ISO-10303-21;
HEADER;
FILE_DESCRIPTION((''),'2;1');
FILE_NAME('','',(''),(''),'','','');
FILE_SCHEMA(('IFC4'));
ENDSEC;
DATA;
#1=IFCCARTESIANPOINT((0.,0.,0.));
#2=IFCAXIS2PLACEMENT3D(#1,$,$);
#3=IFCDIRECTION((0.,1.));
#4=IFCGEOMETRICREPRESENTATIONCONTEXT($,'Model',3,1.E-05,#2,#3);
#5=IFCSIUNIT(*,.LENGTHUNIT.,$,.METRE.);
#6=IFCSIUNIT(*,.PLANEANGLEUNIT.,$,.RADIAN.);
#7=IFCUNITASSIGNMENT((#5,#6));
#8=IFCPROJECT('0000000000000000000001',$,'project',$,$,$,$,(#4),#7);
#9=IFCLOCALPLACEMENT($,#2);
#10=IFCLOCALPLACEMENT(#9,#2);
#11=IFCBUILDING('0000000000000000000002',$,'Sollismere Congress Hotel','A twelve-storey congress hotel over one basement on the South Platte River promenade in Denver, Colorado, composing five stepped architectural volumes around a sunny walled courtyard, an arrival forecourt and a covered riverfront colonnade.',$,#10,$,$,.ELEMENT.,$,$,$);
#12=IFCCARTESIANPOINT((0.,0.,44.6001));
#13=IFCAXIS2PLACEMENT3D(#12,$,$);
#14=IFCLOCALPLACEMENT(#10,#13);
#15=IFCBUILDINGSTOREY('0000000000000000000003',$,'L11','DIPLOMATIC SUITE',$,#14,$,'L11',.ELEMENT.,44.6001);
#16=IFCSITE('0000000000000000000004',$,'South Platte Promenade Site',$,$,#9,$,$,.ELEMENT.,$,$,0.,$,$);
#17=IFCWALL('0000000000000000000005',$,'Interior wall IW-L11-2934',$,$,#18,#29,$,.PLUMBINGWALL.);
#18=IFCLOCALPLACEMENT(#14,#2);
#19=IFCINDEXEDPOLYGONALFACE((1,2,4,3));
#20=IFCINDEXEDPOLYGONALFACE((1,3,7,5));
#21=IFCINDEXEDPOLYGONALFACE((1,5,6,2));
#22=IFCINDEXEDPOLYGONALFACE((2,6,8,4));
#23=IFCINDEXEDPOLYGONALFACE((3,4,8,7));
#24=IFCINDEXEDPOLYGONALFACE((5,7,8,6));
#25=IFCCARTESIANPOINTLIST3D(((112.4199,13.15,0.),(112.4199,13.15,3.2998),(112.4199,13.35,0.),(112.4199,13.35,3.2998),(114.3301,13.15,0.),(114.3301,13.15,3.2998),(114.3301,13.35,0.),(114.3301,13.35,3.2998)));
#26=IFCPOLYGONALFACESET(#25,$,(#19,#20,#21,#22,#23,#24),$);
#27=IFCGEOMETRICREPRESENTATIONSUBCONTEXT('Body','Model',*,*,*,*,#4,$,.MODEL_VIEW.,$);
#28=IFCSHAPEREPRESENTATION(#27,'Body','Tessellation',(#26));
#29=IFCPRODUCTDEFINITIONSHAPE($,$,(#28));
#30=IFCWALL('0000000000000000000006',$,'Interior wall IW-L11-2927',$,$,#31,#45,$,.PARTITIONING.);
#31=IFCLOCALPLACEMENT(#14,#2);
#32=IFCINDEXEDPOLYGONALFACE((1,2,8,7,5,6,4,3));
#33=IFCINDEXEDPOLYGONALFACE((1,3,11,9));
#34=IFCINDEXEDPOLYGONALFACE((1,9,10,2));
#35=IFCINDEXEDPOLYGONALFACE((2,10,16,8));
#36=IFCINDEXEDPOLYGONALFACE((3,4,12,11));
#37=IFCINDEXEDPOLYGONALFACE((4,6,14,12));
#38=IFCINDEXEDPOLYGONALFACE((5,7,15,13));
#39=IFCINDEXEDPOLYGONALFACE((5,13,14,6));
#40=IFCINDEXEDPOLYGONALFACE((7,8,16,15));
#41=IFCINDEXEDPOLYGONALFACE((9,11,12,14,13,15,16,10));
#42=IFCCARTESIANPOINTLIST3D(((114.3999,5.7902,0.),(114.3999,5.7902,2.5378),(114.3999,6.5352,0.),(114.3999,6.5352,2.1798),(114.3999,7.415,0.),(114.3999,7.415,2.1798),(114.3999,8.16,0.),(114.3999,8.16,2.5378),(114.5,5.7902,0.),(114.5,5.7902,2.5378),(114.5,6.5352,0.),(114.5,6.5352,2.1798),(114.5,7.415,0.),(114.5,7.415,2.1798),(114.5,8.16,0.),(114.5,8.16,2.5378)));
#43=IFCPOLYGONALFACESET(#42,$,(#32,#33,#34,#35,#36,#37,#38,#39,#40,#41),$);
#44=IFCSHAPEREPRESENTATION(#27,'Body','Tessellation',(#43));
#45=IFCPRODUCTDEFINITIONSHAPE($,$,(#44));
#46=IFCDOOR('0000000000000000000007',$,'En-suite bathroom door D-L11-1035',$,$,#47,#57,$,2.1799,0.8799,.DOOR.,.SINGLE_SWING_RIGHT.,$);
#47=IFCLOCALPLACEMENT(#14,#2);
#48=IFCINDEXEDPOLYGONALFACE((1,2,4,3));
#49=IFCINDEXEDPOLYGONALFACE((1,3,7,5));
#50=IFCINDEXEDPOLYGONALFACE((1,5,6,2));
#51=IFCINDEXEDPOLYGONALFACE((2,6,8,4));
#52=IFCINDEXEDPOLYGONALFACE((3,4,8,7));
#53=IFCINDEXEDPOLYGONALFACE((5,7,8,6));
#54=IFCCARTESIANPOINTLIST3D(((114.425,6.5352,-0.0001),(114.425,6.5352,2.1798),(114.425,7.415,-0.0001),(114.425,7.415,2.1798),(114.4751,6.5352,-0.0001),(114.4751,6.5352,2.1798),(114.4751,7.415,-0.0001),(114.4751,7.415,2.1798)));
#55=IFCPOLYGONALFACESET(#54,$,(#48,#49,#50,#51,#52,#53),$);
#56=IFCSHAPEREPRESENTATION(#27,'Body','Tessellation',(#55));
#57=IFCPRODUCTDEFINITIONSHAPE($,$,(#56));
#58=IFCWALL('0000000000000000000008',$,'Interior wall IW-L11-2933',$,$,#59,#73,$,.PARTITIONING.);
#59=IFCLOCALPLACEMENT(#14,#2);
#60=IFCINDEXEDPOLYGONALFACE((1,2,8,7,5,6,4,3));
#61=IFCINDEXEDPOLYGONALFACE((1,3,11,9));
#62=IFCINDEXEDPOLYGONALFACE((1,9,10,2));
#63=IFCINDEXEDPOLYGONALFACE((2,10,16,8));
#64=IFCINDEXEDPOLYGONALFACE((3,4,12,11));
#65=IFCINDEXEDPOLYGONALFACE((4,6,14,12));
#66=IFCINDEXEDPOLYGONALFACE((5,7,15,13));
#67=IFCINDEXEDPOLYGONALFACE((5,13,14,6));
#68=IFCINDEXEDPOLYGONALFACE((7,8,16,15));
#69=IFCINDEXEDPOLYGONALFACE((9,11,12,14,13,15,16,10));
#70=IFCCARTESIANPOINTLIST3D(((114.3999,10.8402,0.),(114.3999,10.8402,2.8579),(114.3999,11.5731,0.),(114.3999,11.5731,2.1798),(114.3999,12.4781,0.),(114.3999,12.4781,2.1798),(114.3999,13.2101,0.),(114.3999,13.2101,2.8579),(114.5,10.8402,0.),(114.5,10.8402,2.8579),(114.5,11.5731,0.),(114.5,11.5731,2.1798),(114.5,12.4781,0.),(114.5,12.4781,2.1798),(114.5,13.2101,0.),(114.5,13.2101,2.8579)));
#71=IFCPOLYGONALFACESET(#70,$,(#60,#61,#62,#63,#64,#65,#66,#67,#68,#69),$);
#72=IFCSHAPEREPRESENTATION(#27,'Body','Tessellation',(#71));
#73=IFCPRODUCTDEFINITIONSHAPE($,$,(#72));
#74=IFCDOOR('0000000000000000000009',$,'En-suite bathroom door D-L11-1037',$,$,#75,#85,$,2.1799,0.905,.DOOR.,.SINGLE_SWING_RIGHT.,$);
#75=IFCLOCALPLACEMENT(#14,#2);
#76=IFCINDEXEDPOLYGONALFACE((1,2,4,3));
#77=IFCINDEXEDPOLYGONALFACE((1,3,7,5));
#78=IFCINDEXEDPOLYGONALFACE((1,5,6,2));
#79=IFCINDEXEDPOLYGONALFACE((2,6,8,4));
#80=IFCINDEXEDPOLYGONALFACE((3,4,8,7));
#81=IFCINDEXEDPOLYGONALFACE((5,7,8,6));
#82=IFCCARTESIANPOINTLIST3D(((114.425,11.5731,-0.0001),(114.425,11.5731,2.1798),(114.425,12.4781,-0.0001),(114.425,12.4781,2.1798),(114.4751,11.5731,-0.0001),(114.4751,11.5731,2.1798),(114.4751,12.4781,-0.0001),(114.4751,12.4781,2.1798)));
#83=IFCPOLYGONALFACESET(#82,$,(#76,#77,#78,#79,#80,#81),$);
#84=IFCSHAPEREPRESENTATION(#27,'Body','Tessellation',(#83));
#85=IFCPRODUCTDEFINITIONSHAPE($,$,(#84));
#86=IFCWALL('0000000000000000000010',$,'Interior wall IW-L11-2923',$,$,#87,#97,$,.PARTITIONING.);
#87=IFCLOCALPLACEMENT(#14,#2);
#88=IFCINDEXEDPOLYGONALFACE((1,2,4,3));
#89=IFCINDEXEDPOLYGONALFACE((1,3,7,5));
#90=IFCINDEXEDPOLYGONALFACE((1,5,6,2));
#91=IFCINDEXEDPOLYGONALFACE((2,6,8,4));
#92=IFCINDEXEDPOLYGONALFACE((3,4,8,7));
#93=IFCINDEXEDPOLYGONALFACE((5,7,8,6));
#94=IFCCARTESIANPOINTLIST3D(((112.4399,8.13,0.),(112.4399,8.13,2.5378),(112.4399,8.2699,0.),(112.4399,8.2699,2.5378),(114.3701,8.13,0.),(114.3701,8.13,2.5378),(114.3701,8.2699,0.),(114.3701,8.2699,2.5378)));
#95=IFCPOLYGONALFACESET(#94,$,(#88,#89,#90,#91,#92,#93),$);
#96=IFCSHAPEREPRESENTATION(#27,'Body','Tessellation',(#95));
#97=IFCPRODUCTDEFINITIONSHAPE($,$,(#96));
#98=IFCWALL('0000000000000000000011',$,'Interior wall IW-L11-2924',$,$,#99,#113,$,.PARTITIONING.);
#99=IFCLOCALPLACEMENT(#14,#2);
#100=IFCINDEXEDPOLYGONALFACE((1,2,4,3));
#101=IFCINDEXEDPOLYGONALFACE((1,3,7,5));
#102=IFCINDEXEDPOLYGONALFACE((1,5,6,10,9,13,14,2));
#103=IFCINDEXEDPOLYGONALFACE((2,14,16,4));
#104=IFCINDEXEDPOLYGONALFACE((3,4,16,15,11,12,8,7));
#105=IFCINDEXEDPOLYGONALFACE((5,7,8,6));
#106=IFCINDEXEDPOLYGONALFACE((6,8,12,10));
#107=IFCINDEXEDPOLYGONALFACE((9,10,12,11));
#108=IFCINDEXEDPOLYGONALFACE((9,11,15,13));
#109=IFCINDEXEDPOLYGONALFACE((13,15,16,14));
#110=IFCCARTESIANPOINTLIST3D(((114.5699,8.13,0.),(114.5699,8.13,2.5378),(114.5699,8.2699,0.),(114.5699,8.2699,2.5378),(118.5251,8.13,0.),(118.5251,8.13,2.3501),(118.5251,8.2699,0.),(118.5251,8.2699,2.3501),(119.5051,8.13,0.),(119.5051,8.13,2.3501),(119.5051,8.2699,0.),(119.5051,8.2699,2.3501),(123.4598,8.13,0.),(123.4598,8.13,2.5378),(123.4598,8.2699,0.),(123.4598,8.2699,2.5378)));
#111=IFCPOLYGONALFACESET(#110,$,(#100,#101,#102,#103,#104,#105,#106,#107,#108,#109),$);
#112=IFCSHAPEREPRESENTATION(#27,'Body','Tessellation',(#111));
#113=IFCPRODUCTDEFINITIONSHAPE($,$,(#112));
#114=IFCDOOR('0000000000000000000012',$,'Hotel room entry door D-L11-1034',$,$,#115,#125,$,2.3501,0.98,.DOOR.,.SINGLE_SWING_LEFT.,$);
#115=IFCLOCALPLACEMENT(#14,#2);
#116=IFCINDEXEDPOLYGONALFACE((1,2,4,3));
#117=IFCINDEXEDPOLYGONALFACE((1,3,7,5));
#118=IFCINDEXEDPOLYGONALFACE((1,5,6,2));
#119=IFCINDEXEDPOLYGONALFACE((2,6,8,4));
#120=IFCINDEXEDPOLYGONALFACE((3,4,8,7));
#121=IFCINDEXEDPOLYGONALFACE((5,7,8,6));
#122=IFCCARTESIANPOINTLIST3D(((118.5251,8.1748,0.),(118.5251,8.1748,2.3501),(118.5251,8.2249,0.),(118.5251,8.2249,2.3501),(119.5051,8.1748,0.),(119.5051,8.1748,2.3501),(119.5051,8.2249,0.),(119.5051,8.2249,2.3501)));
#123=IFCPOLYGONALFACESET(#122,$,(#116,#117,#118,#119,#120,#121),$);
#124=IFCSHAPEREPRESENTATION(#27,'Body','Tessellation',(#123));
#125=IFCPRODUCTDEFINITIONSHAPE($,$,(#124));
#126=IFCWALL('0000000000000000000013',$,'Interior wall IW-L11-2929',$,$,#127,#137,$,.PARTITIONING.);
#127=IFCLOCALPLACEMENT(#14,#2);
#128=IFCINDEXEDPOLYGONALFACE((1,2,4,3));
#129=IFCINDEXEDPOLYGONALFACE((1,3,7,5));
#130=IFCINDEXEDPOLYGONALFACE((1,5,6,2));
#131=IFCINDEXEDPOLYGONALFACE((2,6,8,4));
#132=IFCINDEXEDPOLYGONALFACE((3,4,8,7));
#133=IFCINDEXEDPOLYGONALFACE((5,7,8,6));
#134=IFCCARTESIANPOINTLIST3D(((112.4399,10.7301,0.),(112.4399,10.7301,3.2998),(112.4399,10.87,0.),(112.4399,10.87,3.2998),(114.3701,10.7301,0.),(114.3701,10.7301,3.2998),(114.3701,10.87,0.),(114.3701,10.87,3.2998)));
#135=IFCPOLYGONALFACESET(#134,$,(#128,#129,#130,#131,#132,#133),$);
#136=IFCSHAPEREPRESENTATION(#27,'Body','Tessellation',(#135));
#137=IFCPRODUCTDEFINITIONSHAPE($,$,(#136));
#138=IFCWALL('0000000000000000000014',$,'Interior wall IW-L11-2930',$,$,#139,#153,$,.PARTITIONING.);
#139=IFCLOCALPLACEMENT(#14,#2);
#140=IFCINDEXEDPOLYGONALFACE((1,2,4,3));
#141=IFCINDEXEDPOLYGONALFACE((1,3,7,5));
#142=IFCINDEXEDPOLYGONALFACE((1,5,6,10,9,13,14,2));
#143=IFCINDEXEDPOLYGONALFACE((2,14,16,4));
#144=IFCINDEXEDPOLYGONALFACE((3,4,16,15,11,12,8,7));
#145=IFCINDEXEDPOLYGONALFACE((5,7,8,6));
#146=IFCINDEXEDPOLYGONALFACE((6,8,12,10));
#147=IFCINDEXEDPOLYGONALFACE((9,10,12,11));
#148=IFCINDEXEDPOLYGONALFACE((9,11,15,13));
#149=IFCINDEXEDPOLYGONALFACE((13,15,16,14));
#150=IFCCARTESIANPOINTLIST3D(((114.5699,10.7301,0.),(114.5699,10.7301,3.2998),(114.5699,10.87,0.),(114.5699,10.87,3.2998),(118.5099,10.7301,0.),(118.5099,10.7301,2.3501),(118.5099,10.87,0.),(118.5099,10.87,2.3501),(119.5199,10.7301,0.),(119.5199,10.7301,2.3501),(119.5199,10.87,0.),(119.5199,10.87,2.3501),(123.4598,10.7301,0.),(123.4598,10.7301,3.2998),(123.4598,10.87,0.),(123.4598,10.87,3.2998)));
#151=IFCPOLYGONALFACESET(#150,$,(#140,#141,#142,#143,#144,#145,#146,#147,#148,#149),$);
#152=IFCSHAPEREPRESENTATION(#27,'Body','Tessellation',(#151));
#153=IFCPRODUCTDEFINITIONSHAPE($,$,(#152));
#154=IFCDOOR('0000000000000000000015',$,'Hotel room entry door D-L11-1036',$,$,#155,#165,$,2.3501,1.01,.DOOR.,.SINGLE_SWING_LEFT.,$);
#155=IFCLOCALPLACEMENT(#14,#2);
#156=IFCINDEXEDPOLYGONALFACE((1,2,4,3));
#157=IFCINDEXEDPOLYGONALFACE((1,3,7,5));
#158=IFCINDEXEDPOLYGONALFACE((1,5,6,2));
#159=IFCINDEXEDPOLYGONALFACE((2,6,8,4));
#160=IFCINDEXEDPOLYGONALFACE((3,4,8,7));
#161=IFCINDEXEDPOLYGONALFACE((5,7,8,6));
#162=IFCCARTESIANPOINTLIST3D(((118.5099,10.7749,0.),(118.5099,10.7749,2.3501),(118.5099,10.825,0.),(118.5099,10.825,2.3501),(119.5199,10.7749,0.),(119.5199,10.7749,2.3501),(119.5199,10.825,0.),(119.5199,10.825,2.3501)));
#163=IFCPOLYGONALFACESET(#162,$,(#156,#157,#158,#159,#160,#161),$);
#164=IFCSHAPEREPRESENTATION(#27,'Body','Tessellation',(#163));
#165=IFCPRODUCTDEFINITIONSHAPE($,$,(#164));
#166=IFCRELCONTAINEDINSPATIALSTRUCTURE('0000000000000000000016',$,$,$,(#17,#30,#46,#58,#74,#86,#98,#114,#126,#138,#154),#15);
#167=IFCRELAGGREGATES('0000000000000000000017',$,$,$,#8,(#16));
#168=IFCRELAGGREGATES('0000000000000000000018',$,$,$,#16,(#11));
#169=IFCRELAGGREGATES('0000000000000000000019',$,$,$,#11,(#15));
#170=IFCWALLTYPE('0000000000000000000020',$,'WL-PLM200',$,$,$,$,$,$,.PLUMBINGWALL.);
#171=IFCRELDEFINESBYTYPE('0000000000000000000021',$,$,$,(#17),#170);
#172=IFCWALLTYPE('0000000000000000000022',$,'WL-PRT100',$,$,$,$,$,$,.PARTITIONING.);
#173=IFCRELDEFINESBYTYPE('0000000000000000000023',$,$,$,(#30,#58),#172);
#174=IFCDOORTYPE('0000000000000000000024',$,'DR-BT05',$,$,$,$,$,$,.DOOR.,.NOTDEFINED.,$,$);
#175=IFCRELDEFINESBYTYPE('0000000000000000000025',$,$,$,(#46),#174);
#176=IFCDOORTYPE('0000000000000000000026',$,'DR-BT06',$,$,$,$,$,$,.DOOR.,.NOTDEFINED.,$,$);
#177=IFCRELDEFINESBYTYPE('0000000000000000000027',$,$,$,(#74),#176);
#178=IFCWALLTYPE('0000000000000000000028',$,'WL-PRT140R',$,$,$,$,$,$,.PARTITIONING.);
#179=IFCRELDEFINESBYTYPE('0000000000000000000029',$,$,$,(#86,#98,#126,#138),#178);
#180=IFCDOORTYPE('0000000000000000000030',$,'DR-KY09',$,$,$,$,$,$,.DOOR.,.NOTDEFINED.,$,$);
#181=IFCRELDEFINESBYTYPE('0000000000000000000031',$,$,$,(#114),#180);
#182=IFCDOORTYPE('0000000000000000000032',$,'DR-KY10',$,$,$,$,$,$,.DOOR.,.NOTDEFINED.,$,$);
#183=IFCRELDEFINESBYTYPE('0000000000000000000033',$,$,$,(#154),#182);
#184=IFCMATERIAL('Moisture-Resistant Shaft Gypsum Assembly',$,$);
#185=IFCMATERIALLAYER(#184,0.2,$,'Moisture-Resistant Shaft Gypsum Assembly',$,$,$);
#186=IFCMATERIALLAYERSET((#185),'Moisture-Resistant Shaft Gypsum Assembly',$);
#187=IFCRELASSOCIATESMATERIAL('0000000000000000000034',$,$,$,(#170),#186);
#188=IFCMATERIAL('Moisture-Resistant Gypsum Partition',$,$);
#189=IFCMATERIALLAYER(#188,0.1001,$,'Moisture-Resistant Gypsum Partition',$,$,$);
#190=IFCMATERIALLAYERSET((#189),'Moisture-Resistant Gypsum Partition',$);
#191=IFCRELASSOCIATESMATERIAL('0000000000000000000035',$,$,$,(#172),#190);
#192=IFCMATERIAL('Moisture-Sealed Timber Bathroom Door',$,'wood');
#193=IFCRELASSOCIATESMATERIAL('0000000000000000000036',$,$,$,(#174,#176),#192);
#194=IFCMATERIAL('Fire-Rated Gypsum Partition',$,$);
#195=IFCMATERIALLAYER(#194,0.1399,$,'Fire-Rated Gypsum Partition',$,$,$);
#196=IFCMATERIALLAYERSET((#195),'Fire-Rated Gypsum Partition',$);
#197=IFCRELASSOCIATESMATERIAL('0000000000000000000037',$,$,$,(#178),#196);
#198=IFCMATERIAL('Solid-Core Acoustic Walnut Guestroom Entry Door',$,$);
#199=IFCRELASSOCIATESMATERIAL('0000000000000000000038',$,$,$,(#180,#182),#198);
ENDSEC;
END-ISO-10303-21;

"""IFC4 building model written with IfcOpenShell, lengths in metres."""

from ifc_helpers import new_model, si_unit, direction, frame, frame_2d, origin, place, context, subcontext, project, spatial, rectangle, extrude, material, layer, layer_set, type_object, element, fill, save


model = new_model("IFC4")

# Units and contexts
model_context = context("Model", 3, precision=1e-05, world=origin(), true_north=direction((0.0, 1.0)))
body_context = subcontext(model_context, "Body", "Model", "MODEL_VIEW")
ifc_project = project(units=[si_unit("LENGTHUNIT", "METRE"), si_unit("PLANEANGLEUNIT", "RADIAN")], contexts=[model_context])

# Site, building, storey
site_placement = place(None, origin())
site = spatial("IfcSite", under=ifc_project, at=site_placement, Name="South Platte Promenade Site", CompositionType="ELEMENT", RefElevation=0.0)
building_placement = place(site_placement, origin())
building = spatial("IfcBuilding", under=site, at=building_placement, Name="Sollismere Congress Hotel", Description="A twelve-storey congress hotel over one basement on the South Platte River promenade in Denver, Colorado, composing five stepped architectural volumes around a sunny walled courtyard, an arrival forecourt and a covered riverfront colonnade.", CompositionType="ELEMENT")
storey_placement = place(building_placement, frame((0.0, 0.0, 44.6001)))
storey = spatial("IfcBuildingStorey", under=building, at=storey_placement, Name="L11", Description="DIPLOMATIC SUITE", LongName="L11", CompositionType="ELEMENT", Elevation=44.6001)

# Wall
ifc_material_1 = material(Name="Moisture-Resistant Shaft Gypsum Assembly")
ifc_layer_1 = layer(ifc_material_1, 0.2, Name="Moisture-Resistant Shaft Gypsum Assembly")
ifc_layer_set_1 = layer_set([ifc_layer_1], Name="Moisture-Resistant Shaft Gypsum Assembly")
wall_type_1 = type_object("IfcWallType", Name="WL-PLM200", PredefinedType="PLUMBINGWALL", material=ifc_layer_set_1)
for number, where, z_axis, x_axis, name in (
    (1, (112.4199, 13.25, 0.0), (0.0, 0.0, 1.0), (1.0, 0.0, 0.0), "Interior wall IW-L11-2934"),
):
    element("IfcWall", number, at=place(storey_placement, frame(where, z_axis=z_axis, x_axis=x_axis)), inside=storey, type_object=wall_type_1, Name=name, PredefinedType="PLUMBINGWALL", context=body_context, shape_type="SweptSolid", body=[
        extrude(rectangle(XDim=1.9102, YDim=0.2, at=frame_2d((0.9551, 0.0))), origin(), (0.0, 0.0, 1.0), 3.2998),
    ])

# Walls, openings, doors
ifc_material_2 = material(Name="Moisture-Resistant Gypsum Partition")
ifc_layer_2 = layer(ifc_material_2, 0.1001, Name="Moisture-Resistant Gypsum Partition")
ifc_layer_set_2 = layer_set([ifc_layer_2], Name="Moisture-Resistant Gypsum Partition")
wall_type_2 = type_object("IfcWallType", Name="WL-PRT100", PredefinedType="PARTITIONING", material=ifc_layer_set_2)
wall_1_placement = place(storey_placement, frame((114.45, 5.79, 0.0), z_axis=(0.0, 0.0, 1.0), x_axis=(0.0, 1.0, 0.0)))
wall_1 = element("IfcWall", 2, at=wall_1_placement, inside=storey, type_object=wall_type_2, Name="Interior wall IW-L11-2927", PredefinedType="PARTITIONING", context=body_context, shape_type="SweptSolid", body=[
    extrude(rectangle(XDim=2.3699, YDim=0.1001, at=frame_2d((1.1851, 0.0))), origin(), (0.0, 0.0, 1.0), 2.5378),
])
opening_1_placement = place(wall_1_placement, frame((0.7451, 0.0, 0.0)))
opening_1 = element("IfcOpeningElement", 3, at=opening_1_placement, cuts=wall_1, PredefinedType="OPENING", context=body_context, shape_type="SweptSolid", body=[
    extrude(rectangle(XDim=0.8799, YDim=2.1799, at=frame_2d((0.4399, 1.0898))), frame((0.0, 0.0601, 0.0), z_axis=(0.0, -1.0, 0.0), x_axis=(1.0, 0.0, 0.0)), (0.0, 0.0, 1.0), 0.1201),
])
ifc_material_3 = material(Name="Moisture-Sealed Timber Bathroom Door", Category="wood")
door_type_1 = type_object("IfcDoorType", Name="DR-BT05", OperationType="NOTDEFINED", PredefinedType="DOOR", material=ifc_material_3)
door_1_placement = place(opening_1_placement, origin())
door_1 = element("IfcDoor", 4, at=door_1_placement, inside=storey, type_object=door_type_1, Name="En-suite bathroom door D-L11-1035", OperationType="SINGLE_SWING_RIGHT", OverallHeight=2.1799, OverallWidth=0.8799, PredefinedType="DOOR", context=body_context, shape_type="SweptSolid", body=[
    extrude(rectangle(XDim=0.8799, YDim=2.1799, at=frame_2d((0.4399, 1.0898))), frame((0.0, 0.0249, 0.0), z_axis=(0.0, -1.0, 0.0), x_axis=(1.0, 0.0, 0.0)), (0.0, 0.0, 1.0), 0.05),
])
fill(opening_1, door_1)
wall_2_placement = place(storey_placement, frame((114.45, 10.8401, 0.0), z_axis=(0.0, 0.0, 1.0), x_axis=(0.0, 1.0, 0.0)))
wall_2 = element("IfcWall", 5, at=wall_2_placement, inside=storey, type_object=wall_type_2, Name="Interior wall IW-L11-2933", PredefinedType="PARTITIONING", context=body_context, shape_type="SweptSolid", body=[
    extrude(rectangle(XDim=2.3699, YDim=0.1001, at=frame_2d((1.1851, 0.0))), origin(), (0.0, 0.0, 1.0), 2.8579),
])
opening_2_placement = place(wall_2_placement, frame((0.7329, 0.0, 0.0)))
opening_2 = element("IfcOpeningElement", 6, at=opening_2_placement, cuts=wall_2, PredefinedType="OPENING", context=body_context, shape_type="SweptSolid", body=[
    extrude(rectangle(XDim=0.905, YDim=2.1799, at=frame_2d((0.4526, 1.0898))), frame((0.0, 0.0601, 0.0), z_axis=(0.0, -1.0, 0.0), x_axis=(1.0, 0.0, 0.0)), (0.0, 0.0, 1.0), 0.1201),
])
door_type_2 = type_object("IfcDoorType", Name="DR-BT06", OperationType="NOTDEFINED", PredefinedType="DOOR", material=ifc_material_3)
door_2_placement = place(opening_2_placement, origin())
door_2 = element("IfcDoor", 7, at=door_2_placement, inside=storey, type_object=door_type_2, Name="En-suite bathroom door D-L11-1037", OperationType="SINGLE_SWING_RIGHT", OverallHeight=2.1799, OverallWidth=0.905, PredefinedType="DOOR", context=body_context, shape_type="SweptSolid", body=[
    extrude(rectangle(XDim=0.905, YDim=2.1799, at=frame_2d((0.4526, 1.0898))), frame((0.0, 0.0249, 0.0), z_axis=(0.0, -1.0, 0.0), x_axis=(1.0, 0.0, 0.0)), (0.0, 0.0, 1.0), 0.05),
])
fill(opening_2, door_2)

# Wall
ifc_material_4 = material(Name="Fire-Rated Gypsum Partition")
ifc_layer_3 = layer(ifc_material_4, 0.1399, Name="Fire-Rated Gypsum Partition")
ifc_layer_set_3 = layer_set([ifc_layer_3], Name="Fire-Rated Gypsum Partition")
wall_type_3 = type_object("IfcWallType", Name="WL-PRT140R", PredefinedType="PARTITIONING", material=ifc_layer_set_3)
wall_3_placement = place(storey_placement, frame((112.4399, 8.2, 0.0), z_axis=(0.0, 0.0, 1.0), x_axis=(1.0, 0.0, 0.0)))
element("IfcWall", 8, at=wall_3_placement, inside=storey, type_object=wall_type_3, Name="Interior wall IW-L11-2923", PredefinedType="PARTITIONING", context=body_context, shape_type="SweptSolid", body=[
    extrude(rectangle(XDim=1.9302, YDim=0.1399, at=frame_2d((0.9651, 0.0))), origin(), (0.0, 0.0, 1.0), 2.5378),
])

# Wall, opening, door
wall_4_placement = place(storey_placement, frame((114.5701, 8.2, 0.0), z_axis=(0.0, 0.0, 1.0), x_axis=(1.0, 0.0, 0.0)))
wall_4 = element("IfcWall", 9, at=wall_4_placement, inside=storey, type_object=wall_type_3, Name="Interior wall IW-L11-2924", PredefinedType="PARTITIONING", context=body_context, shape_type="SweptSolid", body=[
    extrude(rectangle(XDim=8.8899, YDim=0.1399, at=frame_2d((4.4448, 0.0))), origin(), (0.0, 0.0, 1.0), 2.5378),
])
opening_3_placement = place(wall_4_placement, frame((3.9551, 0.0, 0.0)))
opening_3 = element("IfcOpeningElement", 10, at=opening_3_placement, cuts=wall_4, PredefinedType="OPENING", context=body_context, shape_type="SweptSolid", body=[
    extrude(rectangle(XDim=0.98, YDim=2.3501, at=frame_2d((0.49, 1.175))), frame((0.0, 0.0798, 0.0), z_axis=(0.0, -1.0, 0.0), x_axis=(1.0, 0.0, 0.0)), (0.0, 0.0, 1.0), 0.1599),
])
ifc_material_5 = material(Name="Solid-Core Acoustic Walnut Guestroom Entry Door")
door_type_3 = type_object("IfcDoorType", Name="DR-KY09", OperationType="NOTDEFINED", PredefinedType="DOOR", material=ifc_material_5)
door_3_placement = place(opening_3_placement, origin())
door_3 = element("IfcDoor", 11, at=door_3_placement, inside=storey, type_object=door_type_3, Name="Hotel room entry door D-L11-1034", OperationType="SINGLE_SWING_LEFT", OverallHeight=2.3501, OverallWidth=0.98, PredefinedType="DOOR", context=body_context, shape_type="SweptSolid", body=[
    extrude(rectangle(XDim=0.98, YDim=2.3501, at=frame_2d((0.49, 1.175))), frame((0.0, 0.0249, 0.0), z_axis=(0.0, -1.0, 0.0), x_axis=(1.0, 0.0, 0.0)), (0.0, 0.0, 1.0), 0.05),
])
fill(opening_3, door_3)

# Wall
wall_5_placement = place(storey_placement, frame((112.4399, 10.8, 0.0), z_axis=(0.0, 0.0, 1.0), x_axis=(1.0, 0.0, 0.0)))
element("IfcWall", 12, at=wall_5_placement, inside=storey, type_object=wall_type_3, Name="Interior wall IW-L11-2929", PredefinedType="PARTITIONING", context=body_context, shape_type="SweptSolid", body=[
    extrude(rectangle(XDim=1.9302, YDim=0.1399, at=frame_2d((0.9651, 0.0))), origin(), (0.0, 0.0, 1.0), 3.2998),
])

# Wall, opening, door
wall_6_placement = place(storey_placement, frame((114.5701, 10.8, 0.0), z_axis=(0.0, 0.0, 1.0), x_axis=(1.0, 0.0, 0.0)))
wall_6 = element("IfcWall", 13, at=wall_6_placement, inside=storey, type_object=wall_type_3, Name="Interior wall IW-L11-2930", PredefinedType="PARTITIONING", context=body_context, shape_type="SweptSolid", body=[
    extrude(rectangle(XDim=8.8899, YDim=0.1399, at=frame_2d((4.4448, 0.0))), origin(), (0.0, 0.0, 1.0), 3.2998),
])
opening_4_placement = place(wall_6_placement, frame((3.9399, 0.0, 0.0)))
opening_4 = element("IfcOpeningElement", 14, at=opening_4_placement, cuts=wall_6, PredefinedType="OPENING", context=body_context, shape_type="SweptSolid", body=[
    extrude(rectangle(XDim=1.01, YDim=2.3501, at=frame_2d((0.5049, 1.175))), frame((0.0, 0.0798, 0.0), z_axis=(0.0, -1.0, 0.0), x_axis=(1.0, 0.0, 0.0)), (0.0, 0.0, 1.0), 0.1599),
])
door_type_4 = type_object("IfcDoorType", Name="DR-KY10", OperationType="NOTDEFINED", PredefinedType="DOOR", material=ifc_material_5)
door_4_placement = place(opening_4_placement, origin())
door_4 = element("IfcDoor", 15, at=door_4_placement, inside=storey, type_object=door_type_4, Name="Hotel room entry door D-L11-1036", OperationType="SINGLE_SWING_LEFT", OverallHeight=2.3501, OverallWidth=1.01, PredefinedType="DOOR", context=body_context, shape_type="SweptSolid", body=[
    extrude(rectangle(XDim=1.01, YDim=2.3501, at=frame_2d((0.5049, 1.175))), frame((0.0, 0.0249, 0.0), z_axis=(0.0, -1.0, 0.0), x_axis=(1.0, 0.0, 0.0)), (0.0, 0.0, 1.0), 0.05),
])
fill(opening_4, door_4)

save(model, "model.ifc")
